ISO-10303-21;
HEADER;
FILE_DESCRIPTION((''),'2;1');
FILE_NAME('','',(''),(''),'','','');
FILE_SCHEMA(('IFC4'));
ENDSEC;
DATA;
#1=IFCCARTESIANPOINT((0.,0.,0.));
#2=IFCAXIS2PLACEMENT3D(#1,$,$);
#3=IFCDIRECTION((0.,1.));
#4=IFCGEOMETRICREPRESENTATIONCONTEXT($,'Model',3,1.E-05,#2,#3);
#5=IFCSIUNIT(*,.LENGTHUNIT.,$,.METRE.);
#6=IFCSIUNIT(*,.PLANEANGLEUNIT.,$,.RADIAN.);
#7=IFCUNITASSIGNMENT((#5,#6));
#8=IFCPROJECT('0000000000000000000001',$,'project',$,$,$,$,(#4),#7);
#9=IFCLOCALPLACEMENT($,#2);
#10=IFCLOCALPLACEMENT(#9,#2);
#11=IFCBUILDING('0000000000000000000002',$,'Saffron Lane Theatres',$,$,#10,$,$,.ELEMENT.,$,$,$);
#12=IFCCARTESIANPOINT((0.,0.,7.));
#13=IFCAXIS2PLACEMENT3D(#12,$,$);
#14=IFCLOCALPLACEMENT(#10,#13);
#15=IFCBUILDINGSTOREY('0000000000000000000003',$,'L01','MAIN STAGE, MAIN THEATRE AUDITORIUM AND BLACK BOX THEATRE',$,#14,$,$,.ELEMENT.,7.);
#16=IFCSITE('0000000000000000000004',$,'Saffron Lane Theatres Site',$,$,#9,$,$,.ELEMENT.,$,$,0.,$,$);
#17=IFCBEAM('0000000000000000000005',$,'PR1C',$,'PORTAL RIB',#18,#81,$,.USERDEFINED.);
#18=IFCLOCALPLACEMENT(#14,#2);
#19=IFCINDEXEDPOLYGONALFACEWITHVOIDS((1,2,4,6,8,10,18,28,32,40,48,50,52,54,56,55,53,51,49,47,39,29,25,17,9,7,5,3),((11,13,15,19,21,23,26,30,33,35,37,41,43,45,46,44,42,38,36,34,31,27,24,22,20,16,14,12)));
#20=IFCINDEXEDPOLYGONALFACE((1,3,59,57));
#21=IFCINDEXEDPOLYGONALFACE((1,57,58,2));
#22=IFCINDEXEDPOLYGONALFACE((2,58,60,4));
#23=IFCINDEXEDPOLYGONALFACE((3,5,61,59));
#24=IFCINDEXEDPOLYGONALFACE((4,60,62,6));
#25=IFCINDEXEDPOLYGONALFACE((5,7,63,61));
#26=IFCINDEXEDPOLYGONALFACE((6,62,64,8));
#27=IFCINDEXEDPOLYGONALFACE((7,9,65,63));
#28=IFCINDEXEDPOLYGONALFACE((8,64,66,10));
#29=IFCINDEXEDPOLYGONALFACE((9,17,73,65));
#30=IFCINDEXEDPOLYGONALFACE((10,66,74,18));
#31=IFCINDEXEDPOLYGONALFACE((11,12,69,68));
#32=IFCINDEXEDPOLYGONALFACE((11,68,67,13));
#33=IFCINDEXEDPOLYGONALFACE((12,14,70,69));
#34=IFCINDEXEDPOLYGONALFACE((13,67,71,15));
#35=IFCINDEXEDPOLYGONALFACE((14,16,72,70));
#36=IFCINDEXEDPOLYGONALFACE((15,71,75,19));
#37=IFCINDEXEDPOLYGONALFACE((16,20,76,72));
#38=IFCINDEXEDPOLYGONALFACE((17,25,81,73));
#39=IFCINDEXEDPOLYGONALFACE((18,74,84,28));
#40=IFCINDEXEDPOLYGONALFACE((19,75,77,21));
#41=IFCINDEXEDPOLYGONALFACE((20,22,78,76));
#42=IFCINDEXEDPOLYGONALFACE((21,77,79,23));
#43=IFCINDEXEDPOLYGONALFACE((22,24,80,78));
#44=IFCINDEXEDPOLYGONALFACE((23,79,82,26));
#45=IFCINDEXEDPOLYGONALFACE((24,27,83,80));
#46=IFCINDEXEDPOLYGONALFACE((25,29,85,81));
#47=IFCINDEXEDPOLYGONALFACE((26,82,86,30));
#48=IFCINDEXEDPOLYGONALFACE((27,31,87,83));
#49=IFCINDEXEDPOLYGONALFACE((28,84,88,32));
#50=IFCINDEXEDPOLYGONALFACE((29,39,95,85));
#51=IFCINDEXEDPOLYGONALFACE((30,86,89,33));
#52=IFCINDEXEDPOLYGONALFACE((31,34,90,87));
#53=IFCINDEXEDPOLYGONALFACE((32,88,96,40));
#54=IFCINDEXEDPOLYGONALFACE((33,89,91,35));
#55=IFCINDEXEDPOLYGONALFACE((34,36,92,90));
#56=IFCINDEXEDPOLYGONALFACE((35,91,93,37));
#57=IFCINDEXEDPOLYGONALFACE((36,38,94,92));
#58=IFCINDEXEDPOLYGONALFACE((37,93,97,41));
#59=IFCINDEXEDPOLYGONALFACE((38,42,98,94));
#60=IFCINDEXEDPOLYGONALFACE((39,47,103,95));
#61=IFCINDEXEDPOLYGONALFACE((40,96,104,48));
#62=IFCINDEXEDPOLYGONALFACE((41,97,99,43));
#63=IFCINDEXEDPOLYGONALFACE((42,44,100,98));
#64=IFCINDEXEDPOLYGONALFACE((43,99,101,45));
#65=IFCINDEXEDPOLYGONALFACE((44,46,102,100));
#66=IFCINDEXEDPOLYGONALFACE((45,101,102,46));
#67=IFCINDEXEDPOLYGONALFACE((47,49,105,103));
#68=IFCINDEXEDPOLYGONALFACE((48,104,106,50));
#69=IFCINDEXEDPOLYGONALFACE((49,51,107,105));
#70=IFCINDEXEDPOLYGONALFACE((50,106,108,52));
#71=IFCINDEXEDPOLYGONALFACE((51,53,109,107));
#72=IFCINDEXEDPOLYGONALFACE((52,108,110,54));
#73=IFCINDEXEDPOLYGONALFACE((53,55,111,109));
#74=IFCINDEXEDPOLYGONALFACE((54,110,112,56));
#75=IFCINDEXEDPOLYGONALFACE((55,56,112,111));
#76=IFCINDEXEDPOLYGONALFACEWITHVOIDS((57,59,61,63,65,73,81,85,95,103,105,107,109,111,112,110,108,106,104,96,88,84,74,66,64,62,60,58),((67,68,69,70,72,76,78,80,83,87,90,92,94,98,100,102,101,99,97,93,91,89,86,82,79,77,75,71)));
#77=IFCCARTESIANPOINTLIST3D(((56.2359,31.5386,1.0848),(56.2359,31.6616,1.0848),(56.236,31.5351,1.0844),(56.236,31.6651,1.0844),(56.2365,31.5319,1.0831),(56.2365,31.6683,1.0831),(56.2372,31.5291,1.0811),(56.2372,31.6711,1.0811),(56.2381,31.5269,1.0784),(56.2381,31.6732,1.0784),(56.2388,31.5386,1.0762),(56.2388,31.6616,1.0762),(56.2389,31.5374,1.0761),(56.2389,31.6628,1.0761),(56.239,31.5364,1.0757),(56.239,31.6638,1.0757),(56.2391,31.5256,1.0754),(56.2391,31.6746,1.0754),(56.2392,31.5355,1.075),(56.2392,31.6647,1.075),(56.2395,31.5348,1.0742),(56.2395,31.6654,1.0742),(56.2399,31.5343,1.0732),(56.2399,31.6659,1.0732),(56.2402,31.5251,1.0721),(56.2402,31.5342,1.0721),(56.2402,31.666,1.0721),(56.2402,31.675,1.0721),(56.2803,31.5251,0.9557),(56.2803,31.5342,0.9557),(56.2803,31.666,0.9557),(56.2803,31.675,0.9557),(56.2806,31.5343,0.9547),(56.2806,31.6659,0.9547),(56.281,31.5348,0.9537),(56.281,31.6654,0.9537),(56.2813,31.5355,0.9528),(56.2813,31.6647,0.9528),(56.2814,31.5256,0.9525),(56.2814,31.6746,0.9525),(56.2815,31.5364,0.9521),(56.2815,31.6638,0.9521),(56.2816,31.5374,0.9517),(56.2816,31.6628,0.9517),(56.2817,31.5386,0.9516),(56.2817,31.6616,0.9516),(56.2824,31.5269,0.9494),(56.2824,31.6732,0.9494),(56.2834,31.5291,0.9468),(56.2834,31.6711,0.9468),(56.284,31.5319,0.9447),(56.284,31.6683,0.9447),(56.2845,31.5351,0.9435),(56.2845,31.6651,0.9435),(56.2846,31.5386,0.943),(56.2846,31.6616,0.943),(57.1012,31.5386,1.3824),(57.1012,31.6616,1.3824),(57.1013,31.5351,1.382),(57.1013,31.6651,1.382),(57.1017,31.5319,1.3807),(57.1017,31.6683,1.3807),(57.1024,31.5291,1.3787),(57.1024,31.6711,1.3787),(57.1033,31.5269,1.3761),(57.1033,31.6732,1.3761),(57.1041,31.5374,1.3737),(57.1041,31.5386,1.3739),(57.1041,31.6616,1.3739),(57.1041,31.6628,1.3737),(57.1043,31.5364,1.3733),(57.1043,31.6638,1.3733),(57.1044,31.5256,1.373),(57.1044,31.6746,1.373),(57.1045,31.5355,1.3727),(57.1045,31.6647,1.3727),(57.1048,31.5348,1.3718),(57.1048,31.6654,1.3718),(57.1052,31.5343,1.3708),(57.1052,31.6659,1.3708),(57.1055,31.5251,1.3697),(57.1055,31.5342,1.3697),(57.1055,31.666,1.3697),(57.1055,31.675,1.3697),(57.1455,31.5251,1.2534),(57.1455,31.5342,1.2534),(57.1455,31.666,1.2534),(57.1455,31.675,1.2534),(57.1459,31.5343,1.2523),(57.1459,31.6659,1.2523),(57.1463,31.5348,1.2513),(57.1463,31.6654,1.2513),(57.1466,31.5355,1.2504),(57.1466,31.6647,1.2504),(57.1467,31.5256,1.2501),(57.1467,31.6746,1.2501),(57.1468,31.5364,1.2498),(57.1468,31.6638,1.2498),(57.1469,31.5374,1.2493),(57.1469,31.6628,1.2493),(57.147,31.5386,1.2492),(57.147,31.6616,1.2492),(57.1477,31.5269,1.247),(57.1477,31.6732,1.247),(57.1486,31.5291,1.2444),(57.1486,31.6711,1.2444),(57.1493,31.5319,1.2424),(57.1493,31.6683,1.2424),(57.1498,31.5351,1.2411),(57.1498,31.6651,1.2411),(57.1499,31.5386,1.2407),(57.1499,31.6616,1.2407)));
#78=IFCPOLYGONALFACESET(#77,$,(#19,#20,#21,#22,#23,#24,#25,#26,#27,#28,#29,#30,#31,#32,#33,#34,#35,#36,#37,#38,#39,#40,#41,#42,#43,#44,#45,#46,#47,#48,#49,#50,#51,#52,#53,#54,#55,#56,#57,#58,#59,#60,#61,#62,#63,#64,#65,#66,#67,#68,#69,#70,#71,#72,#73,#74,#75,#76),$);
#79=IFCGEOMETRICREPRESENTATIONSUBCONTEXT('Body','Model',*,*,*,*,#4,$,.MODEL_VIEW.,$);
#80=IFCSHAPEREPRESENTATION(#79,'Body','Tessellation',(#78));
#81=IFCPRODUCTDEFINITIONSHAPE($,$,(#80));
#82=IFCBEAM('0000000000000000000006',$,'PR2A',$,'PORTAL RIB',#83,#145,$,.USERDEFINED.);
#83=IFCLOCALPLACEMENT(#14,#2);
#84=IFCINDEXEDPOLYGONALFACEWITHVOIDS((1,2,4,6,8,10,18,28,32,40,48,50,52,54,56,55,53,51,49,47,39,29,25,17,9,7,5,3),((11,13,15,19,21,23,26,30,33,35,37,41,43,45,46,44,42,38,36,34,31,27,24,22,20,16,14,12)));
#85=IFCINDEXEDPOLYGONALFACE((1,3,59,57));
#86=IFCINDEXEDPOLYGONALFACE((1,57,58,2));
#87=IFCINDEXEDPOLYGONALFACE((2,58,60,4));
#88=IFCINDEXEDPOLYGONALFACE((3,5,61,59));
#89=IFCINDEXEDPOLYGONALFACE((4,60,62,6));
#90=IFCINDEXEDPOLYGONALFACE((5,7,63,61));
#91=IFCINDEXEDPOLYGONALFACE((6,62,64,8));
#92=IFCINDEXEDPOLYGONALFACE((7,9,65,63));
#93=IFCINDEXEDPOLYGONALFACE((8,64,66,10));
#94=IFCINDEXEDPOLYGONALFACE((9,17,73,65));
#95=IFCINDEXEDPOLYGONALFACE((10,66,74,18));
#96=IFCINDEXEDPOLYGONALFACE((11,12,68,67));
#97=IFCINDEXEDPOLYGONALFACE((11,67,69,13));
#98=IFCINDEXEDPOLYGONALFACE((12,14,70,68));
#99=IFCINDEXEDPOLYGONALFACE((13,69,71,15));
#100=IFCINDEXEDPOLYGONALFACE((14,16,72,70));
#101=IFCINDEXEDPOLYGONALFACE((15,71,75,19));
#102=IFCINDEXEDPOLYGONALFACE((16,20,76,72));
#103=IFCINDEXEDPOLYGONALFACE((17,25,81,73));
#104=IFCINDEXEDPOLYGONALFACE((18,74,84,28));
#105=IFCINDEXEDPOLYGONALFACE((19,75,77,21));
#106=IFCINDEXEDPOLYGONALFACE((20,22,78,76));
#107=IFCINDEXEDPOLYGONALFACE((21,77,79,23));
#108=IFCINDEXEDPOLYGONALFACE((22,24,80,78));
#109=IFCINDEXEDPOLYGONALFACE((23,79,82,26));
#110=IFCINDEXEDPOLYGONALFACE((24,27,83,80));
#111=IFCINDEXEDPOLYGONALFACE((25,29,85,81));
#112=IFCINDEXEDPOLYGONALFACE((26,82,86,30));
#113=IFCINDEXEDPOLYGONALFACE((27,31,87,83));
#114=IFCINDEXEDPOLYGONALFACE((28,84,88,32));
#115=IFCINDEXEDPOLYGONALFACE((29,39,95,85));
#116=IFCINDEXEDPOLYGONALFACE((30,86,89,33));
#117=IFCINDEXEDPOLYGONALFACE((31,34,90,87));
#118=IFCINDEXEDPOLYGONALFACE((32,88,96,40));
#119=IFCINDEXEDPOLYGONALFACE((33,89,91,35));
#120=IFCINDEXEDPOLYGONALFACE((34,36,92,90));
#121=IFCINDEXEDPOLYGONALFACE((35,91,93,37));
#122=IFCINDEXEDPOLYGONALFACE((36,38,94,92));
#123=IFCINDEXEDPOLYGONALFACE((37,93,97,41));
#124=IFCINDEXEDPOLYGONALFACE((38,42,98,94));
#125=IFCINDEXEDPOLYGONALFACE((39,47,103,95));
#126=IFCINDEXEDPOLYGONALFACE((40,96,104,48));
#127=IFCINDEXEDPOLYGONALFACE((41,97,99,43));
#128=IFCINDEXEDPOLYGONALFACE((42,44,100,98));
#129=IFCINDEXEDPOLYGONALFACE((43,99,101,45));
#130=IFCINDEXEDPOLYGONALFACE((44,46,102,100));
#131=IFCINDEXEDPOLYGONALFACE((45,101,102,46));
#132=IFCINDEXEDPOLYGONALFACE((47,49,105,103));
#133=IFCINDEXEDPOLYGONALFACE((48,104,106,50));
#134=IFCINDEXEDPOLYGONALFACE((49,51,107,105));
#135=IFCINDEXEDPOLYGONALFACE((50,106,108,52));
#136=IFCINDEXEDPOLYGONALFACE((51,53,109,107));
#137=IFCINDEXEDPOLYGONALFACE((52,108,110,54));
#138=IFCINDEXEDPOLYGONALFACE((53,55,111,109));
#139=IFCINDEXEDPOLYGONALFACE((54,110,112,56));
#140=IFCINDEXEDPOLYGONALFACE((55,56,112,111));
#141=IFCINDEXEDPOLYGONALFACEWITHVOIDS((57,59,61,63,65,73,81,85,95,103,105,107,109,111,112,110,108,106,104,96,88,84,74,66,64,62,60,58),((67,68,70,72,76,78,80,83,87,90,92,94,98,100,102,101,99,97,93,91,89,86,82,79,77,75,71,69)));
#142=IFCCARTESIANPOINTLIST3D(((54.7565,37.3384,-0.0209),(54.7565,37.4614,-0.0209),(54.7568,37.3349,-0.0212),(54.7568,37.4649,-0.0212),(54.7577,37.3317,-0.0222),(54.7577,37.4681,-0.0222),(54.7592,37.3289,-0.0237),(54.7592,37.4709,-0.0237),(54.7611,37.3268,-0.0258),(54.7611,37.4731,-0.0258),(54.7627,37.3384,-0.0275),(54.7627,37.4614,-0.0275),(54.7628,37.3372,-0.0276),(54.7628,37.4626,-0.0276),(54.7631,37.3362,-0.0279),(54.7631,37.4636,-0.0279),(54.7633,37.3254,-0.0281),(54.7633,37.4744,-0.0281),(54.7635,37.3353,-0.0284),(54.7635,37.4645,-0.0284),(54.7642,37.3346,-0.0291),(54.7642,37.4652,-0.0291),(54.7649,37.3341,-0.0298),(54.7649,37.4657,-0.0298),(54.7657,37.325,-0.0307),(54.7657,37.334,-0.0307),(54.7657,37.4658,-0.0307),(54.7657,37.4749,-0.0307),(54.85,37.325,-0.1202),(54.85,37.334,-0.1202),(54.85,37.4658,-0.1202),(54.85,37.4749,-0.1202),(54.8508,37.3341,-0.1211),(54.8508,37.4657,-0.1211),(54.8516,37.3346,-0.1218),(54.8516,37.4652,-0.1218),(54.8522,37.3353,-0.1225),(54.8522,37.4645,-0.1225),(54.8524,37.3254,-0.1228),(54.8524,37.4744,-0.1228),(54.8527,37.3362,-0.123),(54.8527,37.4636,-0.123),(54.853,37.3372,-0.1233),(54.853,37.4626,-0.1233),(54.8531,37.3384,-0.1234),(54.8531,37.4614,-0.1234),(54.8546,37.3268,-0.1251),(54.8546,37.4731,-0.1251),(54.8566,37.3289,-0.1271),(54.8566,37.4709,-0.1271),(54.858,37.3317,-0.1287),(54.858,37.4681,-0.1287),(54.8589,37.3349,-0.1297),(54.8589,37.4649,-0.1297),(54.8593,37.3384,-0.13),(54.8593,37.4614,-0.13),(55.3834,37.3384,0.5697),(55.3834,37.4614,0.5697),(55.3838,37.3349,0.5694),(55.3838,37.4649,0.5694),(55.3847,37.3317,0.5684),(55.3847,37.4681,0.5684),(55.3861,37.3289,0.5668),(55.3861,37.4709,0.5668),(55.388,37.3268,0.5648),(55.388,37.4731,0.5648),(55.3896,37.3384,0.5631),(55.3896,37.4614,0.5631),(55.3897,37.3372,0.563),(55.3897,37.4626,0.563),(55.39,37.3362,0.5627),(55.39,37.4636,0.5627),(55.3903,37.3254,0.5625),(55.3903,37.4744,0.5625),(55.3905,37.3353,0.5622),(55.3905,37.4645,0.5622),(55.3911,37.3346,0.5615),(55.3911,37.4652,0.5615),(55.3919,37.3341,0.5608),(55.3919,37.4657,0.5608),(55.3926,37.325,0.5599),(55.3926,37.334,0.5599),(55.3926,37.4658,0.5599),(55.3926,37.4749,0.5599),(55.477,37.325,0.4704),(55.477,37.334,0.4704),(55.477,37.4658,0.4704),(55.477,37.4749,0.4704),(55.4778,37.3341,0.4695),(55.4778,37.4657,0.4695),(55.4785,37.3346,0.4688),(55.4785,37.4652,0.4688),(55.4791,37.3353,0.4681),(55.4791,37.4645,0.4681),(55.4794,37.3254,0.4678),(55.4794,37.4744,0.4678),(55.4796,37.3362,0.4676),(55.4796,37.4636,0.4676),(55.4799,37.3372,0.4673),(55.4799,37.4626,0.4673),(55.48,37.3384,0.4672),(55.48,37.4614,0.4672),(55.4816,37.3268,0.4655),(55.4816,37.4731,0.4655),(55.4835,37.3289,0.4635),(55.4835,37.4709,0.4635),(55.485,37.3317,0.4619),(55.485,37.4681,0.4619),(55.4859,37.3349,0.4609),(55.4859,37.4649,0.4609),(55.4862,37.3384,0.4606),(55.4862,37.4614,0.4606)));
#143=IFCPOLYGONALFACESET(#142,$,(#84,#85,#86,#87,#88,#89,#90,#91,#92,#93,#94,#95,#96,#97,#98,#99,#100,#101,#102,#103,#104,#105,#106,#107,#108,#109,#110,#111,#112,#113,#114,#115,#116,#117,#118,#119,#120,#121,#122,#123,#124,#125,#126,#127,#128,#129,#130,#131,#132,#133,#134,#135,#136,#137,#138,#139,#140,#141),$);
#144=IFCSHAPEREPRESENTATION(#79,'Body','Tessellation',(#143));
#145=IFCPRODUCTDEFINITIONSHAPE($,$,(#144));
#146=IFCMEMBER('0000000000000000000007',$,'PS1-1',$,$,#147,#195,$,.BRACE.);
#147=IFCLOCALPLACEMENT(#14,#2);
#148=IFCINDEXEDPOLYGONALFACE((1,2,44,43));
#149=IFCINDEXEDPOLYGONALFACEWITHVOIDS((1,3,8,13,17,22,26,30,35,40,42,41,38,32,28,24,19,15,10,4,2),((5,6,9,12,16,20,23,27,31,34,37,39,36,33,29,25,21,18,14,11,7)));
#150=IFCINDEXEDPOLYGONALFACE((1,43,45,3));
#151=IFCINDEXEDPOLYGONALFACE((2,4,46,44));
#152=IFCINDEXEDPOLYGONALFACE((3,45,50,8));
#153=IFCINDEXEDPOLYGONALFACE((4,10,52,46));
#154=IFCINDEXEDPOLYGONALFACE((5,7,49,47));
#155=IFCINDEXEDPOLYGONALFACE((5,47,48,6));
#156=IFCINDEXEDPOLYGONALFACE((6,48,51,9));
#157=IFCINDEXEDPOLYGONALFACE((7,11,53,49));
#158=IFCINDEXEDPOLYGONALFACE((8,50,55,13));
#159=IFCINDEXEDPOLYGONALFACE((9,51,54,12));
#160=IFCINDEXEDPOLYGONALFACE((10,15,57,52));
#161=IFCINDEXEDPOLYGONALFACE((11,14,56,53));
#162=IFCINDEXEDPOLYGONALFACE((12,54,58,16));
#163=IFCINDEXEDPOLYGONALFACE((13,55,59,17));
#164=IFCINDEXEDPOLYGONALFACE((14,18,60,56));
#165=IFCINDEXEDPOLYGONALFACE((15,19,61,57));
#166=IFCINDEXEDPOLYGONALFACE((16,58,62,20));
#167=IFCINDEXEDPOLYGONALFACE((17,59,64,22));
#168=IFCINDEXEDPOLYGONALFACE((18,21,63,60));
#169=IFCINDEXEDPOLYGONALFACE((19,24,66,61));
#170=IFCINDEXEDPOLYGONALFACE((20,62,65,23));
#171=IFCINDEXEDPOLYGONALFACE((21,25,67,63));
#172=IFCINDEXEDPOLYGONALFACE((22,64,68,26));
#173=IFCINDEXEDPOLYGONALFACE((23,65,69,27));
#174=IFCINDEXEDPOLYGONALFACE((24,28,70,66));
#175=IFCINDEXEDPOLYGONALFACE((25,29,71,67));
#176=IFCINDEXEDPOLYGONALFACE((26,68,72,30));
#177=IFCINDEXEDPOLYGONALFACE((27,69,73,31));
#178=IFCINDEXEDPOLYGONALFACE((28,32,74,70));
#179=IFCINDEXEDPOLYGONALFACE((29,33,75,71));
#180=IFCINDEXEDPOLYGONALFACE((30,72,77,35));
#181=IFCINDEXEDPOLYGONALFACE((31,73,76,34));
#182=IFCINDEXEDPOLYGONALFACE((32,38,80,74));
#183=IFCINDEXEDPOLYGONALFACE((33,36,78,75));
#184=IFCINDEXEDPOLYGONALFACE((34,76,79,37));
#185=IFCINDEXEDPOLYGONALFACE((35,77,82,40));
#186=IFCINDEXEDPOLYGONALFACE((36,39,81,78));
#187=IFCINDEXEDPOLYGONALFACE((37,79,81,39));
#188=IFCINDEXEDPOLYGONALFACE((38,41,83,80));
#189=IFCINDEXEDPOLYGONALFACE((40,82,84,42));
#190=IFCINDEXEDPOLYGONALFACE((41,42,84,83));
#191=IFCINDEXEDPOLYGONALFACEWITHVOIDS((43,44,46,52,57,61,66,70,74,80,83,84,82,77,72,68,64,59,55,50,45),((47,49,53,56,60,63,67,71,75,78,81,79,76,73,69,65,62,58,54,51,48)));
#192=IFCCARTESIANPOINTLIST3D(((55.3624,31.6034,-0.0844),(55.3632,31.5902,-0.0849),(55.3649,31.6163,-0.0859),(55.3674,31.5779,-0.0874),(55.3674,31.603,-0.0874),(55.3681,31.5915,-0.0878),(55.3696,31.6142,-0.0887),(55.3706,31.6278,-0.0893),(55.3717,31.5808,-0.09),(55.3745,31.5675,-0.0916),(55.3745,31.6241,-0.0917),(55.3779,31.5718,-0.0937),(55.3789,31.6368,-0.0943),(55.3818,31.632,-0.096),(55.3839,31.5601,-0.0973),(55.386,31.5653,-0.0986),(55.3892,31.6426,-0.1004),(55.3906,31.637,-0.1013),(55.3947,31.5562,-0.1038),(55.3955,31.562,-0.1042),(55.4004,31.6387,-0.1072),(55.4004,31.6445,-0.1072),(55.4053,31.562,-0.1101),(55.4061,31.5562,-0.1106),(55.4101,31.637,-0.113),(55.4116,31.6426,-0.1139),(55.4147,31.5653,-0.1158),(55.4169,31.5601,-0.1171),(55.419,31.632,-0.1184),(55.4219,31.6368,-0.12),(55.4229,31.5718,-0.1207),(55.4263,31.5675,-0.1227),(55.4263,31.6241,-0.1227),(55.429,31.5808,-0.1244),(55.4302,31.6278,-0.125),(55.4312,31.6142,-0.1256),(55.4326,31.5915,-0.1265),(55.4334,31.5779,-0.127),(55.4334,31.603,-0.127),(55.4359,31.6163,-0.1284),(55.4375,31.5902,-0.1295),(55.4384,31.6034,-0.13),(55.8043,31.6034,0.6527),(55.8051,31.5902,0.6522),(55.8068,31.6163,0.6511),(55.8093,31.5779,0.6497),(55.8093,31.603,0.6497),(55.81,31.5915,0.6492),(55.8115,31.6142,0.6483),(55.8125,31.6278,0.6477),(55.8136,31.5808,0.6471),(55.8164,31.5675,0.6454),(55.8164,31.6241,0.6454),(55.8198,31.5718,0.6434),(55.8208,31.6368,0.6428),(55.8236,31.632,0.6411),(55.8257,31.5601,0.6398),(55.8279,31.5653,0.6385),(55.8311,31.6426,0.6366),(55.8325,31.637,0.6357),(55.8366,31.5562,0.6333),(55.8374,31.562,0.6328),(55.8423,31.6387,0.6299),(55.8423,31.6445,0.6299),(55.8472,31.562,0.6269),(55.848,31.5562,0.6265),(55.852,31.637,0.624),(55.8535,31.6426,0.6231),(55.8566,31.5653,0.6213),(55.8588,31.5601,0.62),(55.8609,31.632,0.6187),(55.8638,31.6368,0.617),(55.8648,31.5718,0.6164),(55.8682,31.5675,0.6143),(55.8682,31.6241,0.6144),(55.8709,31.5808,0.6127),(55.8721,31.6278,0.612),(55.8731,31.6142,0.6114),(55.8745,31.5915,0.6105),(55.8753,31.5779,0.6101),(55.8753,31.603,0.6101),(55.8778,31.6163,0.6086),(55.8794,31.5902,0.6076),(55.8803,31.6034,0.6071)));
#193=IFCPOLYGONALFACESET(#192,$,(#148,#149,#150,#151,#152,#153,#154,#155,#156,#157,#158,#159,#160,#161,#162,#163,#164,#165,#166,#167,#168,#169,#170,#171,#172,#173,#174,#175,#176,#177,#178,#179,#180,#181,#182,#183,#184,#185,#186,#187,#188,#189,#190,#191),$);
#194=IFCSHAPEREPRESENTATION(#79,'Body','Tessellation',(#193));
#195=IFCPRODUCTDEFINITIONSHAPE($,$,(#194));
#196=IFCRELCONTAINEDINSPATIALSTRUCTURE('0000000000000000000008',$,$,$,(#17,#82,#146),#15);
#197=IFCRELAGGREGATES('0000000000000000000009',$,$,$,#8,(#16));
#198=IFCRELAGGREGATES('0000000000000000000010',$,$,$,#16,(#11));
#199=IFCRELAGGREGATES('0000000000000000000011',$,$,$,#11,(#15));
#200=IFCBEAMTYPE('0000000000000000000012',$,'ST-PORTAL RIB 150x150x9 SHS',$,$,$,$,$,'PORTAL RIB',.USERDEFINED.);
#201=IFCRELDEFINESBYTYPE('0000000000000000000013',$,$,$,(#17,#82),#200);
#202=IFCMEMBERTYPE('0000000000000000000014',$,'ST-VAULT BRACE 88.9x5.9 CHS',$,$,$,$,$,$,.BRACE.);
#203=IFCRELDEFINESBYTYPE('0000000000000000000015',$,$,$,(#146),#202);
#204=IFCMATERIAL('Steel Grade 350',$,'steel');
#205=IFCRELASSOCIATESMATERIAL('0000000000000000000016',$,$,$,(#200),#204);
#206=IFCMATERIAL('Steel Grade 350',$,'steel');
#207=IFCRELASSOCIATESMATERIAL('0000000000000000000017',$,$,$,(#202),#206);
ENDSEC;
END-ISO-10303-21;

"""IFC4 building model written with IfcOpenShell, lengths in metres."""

from ifc_helpers import new_model, si_unit, direction, frame, origin, origin_2d, place, context, subcontext, project, spatial, hollow_rectangle, hollow_circle, extrude, material, material_profile, profile_set, type_object, element, save


model = new_model("IFC4")

# Units and contexts
model_context = context("Model", 3, precision=1e-05, world=origin(), true_north=direction((0.0, 1.0)))
body_context = subcontext(model_context, "Body", "Model", "MODEL_VIEW")
ifc_project = project(units=[si_unit("LENGTHUNIT", "METRE"), si_unit("PLANEANGLEUNIT", "RADIAN")], contexts=[model_context])

# Site, building, storey
site_placement = place(None, origin())
site = spatial("IfcSite", under=ifc_project, at=site_placement, Name="Saffron Lane Theatres Site", CompositionType="ELEMENT", RefElevation=0.0)
building_placement = place(site_placement, origin())
building = spatial("IfcBuilding", under=site, at=building_placement, Name="Saffron Lane Theatres", CompositionType="ELEMENT")
storey_placement = place(building_placement, frame((0.0, 0.0, 7.0)))
storey = spatial("IfcBuildingStorey", under=building, at=storey_placement, Name="L01", Description="MAIN STAGE, MAIN THEATRE AUDITORIUM AND BLACK BOX THEATRE", CompositionType="ELEMENT", Elevation=7.0)

# Beams
ifc_material_1 = material(Name="Steel Grade 350", Category="steel")
ifc_material_profile_1 = material_profile(ifc_material_1, hollow_rectangle(XDim=0.1499, YDim=0.1499, WallThickness=0.009, InnerFilletRadius=0.0044, OuterFilletRadius=0.0134, at=origin_2d()))
ifc_profile_set_1 = profile_set([ifc_material_profile_1], Name="Steel Grade 350")
beam_type_1 = type_object("IfcBeamType", Name="ST-PORTAL RIB 150x150x9 SHS", ElementType="PORTAL RIB", PredefinedType="USERDEFINED", material=ifc_profile_set_1)
beam_1_placement = place(storey_placement, frame((56.2603, 31.6001, 1.0139), z_axis=(0.945625, 0.0, 0.325259), x_axis=(0.0, 1.0, 0.0)))
element("IfcBeam", 1, at=beam_1_placement, inside=storey, type_object=beam_type_1, Name="PR1C", ObjectType="PORTAL RIB", PredefinedType="USERDEFINED", context=body_context, shape_type="SweptSolid", body=[
    extrude(hollow_rectangle(XDim=0.1499, YDim=0.1499, WallThickness=0.009, InnerFilletRadius=0.0044, OuterFilletRadius=0.0134, at=origin_2d()), origin(), (0.0, 0.0, 1.0), 0.915),
])
beam_2_placement = place(storey_placement, frame((54.8079, 37.3999, -0.0754), z_axis=(0.727909, 0.0, 0.685674), x_axis=(0.0, 1.0, 0.0)))
element("IfcBeam", 2, at=beam_2_placement, inside=storey, type_object=beam_type_1, Name="PR2A", ObjectType="PORTAL RIB", PredefinedType="USERDEFINED", context=body_context, shape_type="SweptSolid", body=[
    extrude(hollow_rectangle(XDim=0.1499, YDim=0.1499, WallThickness=0.009, InnerFilletRadius=0.0044, OuterFilletRadius=0.0134, at=origin_2d()), origin(), (0.0, 0.0, 1.0), 0.8613),
])

# Member
ifc_material_2 = material(Name="Steel Grade 350", Category="steel")
ifc_material_profile_2 = material_profile(ifc_material_2, hollow_circle(Radius=0.0444, WallThickness=0.0059, at=origin_2d()))
ifc_profile_set_2 = profile_set([ifc_material_profile_2], Name="Steel Grade 350")
member_type_1 = type_object("IfcMemberType", Name="ST-VAULT BRACE 88.9x5.9 CHS", PredefinedType="BRACE", material=ifc_profile_set_2)
member_1_placement = place(storey_placement, frame((55.4004, 31.6001, -0.1072), z_axis=(0.514203, 0.0, 0.857668), x_axis=(0.0, 1.0, 0.0)))
element("IfcMember", 3, at=member_1_placement, inside=storey, type_object=member_type_1, Name="PS1-1", PredefinedType="BRACE", context=body_context, shape_type="SweptSolid", body=[
    extrude(hollow_circle(Radius=0.0444, WallThickness=0.0059, at=origin_2d()), origin(), (0.0, 0.0, 1.0), 0.8594),
])

save(model, "model.ifc")
